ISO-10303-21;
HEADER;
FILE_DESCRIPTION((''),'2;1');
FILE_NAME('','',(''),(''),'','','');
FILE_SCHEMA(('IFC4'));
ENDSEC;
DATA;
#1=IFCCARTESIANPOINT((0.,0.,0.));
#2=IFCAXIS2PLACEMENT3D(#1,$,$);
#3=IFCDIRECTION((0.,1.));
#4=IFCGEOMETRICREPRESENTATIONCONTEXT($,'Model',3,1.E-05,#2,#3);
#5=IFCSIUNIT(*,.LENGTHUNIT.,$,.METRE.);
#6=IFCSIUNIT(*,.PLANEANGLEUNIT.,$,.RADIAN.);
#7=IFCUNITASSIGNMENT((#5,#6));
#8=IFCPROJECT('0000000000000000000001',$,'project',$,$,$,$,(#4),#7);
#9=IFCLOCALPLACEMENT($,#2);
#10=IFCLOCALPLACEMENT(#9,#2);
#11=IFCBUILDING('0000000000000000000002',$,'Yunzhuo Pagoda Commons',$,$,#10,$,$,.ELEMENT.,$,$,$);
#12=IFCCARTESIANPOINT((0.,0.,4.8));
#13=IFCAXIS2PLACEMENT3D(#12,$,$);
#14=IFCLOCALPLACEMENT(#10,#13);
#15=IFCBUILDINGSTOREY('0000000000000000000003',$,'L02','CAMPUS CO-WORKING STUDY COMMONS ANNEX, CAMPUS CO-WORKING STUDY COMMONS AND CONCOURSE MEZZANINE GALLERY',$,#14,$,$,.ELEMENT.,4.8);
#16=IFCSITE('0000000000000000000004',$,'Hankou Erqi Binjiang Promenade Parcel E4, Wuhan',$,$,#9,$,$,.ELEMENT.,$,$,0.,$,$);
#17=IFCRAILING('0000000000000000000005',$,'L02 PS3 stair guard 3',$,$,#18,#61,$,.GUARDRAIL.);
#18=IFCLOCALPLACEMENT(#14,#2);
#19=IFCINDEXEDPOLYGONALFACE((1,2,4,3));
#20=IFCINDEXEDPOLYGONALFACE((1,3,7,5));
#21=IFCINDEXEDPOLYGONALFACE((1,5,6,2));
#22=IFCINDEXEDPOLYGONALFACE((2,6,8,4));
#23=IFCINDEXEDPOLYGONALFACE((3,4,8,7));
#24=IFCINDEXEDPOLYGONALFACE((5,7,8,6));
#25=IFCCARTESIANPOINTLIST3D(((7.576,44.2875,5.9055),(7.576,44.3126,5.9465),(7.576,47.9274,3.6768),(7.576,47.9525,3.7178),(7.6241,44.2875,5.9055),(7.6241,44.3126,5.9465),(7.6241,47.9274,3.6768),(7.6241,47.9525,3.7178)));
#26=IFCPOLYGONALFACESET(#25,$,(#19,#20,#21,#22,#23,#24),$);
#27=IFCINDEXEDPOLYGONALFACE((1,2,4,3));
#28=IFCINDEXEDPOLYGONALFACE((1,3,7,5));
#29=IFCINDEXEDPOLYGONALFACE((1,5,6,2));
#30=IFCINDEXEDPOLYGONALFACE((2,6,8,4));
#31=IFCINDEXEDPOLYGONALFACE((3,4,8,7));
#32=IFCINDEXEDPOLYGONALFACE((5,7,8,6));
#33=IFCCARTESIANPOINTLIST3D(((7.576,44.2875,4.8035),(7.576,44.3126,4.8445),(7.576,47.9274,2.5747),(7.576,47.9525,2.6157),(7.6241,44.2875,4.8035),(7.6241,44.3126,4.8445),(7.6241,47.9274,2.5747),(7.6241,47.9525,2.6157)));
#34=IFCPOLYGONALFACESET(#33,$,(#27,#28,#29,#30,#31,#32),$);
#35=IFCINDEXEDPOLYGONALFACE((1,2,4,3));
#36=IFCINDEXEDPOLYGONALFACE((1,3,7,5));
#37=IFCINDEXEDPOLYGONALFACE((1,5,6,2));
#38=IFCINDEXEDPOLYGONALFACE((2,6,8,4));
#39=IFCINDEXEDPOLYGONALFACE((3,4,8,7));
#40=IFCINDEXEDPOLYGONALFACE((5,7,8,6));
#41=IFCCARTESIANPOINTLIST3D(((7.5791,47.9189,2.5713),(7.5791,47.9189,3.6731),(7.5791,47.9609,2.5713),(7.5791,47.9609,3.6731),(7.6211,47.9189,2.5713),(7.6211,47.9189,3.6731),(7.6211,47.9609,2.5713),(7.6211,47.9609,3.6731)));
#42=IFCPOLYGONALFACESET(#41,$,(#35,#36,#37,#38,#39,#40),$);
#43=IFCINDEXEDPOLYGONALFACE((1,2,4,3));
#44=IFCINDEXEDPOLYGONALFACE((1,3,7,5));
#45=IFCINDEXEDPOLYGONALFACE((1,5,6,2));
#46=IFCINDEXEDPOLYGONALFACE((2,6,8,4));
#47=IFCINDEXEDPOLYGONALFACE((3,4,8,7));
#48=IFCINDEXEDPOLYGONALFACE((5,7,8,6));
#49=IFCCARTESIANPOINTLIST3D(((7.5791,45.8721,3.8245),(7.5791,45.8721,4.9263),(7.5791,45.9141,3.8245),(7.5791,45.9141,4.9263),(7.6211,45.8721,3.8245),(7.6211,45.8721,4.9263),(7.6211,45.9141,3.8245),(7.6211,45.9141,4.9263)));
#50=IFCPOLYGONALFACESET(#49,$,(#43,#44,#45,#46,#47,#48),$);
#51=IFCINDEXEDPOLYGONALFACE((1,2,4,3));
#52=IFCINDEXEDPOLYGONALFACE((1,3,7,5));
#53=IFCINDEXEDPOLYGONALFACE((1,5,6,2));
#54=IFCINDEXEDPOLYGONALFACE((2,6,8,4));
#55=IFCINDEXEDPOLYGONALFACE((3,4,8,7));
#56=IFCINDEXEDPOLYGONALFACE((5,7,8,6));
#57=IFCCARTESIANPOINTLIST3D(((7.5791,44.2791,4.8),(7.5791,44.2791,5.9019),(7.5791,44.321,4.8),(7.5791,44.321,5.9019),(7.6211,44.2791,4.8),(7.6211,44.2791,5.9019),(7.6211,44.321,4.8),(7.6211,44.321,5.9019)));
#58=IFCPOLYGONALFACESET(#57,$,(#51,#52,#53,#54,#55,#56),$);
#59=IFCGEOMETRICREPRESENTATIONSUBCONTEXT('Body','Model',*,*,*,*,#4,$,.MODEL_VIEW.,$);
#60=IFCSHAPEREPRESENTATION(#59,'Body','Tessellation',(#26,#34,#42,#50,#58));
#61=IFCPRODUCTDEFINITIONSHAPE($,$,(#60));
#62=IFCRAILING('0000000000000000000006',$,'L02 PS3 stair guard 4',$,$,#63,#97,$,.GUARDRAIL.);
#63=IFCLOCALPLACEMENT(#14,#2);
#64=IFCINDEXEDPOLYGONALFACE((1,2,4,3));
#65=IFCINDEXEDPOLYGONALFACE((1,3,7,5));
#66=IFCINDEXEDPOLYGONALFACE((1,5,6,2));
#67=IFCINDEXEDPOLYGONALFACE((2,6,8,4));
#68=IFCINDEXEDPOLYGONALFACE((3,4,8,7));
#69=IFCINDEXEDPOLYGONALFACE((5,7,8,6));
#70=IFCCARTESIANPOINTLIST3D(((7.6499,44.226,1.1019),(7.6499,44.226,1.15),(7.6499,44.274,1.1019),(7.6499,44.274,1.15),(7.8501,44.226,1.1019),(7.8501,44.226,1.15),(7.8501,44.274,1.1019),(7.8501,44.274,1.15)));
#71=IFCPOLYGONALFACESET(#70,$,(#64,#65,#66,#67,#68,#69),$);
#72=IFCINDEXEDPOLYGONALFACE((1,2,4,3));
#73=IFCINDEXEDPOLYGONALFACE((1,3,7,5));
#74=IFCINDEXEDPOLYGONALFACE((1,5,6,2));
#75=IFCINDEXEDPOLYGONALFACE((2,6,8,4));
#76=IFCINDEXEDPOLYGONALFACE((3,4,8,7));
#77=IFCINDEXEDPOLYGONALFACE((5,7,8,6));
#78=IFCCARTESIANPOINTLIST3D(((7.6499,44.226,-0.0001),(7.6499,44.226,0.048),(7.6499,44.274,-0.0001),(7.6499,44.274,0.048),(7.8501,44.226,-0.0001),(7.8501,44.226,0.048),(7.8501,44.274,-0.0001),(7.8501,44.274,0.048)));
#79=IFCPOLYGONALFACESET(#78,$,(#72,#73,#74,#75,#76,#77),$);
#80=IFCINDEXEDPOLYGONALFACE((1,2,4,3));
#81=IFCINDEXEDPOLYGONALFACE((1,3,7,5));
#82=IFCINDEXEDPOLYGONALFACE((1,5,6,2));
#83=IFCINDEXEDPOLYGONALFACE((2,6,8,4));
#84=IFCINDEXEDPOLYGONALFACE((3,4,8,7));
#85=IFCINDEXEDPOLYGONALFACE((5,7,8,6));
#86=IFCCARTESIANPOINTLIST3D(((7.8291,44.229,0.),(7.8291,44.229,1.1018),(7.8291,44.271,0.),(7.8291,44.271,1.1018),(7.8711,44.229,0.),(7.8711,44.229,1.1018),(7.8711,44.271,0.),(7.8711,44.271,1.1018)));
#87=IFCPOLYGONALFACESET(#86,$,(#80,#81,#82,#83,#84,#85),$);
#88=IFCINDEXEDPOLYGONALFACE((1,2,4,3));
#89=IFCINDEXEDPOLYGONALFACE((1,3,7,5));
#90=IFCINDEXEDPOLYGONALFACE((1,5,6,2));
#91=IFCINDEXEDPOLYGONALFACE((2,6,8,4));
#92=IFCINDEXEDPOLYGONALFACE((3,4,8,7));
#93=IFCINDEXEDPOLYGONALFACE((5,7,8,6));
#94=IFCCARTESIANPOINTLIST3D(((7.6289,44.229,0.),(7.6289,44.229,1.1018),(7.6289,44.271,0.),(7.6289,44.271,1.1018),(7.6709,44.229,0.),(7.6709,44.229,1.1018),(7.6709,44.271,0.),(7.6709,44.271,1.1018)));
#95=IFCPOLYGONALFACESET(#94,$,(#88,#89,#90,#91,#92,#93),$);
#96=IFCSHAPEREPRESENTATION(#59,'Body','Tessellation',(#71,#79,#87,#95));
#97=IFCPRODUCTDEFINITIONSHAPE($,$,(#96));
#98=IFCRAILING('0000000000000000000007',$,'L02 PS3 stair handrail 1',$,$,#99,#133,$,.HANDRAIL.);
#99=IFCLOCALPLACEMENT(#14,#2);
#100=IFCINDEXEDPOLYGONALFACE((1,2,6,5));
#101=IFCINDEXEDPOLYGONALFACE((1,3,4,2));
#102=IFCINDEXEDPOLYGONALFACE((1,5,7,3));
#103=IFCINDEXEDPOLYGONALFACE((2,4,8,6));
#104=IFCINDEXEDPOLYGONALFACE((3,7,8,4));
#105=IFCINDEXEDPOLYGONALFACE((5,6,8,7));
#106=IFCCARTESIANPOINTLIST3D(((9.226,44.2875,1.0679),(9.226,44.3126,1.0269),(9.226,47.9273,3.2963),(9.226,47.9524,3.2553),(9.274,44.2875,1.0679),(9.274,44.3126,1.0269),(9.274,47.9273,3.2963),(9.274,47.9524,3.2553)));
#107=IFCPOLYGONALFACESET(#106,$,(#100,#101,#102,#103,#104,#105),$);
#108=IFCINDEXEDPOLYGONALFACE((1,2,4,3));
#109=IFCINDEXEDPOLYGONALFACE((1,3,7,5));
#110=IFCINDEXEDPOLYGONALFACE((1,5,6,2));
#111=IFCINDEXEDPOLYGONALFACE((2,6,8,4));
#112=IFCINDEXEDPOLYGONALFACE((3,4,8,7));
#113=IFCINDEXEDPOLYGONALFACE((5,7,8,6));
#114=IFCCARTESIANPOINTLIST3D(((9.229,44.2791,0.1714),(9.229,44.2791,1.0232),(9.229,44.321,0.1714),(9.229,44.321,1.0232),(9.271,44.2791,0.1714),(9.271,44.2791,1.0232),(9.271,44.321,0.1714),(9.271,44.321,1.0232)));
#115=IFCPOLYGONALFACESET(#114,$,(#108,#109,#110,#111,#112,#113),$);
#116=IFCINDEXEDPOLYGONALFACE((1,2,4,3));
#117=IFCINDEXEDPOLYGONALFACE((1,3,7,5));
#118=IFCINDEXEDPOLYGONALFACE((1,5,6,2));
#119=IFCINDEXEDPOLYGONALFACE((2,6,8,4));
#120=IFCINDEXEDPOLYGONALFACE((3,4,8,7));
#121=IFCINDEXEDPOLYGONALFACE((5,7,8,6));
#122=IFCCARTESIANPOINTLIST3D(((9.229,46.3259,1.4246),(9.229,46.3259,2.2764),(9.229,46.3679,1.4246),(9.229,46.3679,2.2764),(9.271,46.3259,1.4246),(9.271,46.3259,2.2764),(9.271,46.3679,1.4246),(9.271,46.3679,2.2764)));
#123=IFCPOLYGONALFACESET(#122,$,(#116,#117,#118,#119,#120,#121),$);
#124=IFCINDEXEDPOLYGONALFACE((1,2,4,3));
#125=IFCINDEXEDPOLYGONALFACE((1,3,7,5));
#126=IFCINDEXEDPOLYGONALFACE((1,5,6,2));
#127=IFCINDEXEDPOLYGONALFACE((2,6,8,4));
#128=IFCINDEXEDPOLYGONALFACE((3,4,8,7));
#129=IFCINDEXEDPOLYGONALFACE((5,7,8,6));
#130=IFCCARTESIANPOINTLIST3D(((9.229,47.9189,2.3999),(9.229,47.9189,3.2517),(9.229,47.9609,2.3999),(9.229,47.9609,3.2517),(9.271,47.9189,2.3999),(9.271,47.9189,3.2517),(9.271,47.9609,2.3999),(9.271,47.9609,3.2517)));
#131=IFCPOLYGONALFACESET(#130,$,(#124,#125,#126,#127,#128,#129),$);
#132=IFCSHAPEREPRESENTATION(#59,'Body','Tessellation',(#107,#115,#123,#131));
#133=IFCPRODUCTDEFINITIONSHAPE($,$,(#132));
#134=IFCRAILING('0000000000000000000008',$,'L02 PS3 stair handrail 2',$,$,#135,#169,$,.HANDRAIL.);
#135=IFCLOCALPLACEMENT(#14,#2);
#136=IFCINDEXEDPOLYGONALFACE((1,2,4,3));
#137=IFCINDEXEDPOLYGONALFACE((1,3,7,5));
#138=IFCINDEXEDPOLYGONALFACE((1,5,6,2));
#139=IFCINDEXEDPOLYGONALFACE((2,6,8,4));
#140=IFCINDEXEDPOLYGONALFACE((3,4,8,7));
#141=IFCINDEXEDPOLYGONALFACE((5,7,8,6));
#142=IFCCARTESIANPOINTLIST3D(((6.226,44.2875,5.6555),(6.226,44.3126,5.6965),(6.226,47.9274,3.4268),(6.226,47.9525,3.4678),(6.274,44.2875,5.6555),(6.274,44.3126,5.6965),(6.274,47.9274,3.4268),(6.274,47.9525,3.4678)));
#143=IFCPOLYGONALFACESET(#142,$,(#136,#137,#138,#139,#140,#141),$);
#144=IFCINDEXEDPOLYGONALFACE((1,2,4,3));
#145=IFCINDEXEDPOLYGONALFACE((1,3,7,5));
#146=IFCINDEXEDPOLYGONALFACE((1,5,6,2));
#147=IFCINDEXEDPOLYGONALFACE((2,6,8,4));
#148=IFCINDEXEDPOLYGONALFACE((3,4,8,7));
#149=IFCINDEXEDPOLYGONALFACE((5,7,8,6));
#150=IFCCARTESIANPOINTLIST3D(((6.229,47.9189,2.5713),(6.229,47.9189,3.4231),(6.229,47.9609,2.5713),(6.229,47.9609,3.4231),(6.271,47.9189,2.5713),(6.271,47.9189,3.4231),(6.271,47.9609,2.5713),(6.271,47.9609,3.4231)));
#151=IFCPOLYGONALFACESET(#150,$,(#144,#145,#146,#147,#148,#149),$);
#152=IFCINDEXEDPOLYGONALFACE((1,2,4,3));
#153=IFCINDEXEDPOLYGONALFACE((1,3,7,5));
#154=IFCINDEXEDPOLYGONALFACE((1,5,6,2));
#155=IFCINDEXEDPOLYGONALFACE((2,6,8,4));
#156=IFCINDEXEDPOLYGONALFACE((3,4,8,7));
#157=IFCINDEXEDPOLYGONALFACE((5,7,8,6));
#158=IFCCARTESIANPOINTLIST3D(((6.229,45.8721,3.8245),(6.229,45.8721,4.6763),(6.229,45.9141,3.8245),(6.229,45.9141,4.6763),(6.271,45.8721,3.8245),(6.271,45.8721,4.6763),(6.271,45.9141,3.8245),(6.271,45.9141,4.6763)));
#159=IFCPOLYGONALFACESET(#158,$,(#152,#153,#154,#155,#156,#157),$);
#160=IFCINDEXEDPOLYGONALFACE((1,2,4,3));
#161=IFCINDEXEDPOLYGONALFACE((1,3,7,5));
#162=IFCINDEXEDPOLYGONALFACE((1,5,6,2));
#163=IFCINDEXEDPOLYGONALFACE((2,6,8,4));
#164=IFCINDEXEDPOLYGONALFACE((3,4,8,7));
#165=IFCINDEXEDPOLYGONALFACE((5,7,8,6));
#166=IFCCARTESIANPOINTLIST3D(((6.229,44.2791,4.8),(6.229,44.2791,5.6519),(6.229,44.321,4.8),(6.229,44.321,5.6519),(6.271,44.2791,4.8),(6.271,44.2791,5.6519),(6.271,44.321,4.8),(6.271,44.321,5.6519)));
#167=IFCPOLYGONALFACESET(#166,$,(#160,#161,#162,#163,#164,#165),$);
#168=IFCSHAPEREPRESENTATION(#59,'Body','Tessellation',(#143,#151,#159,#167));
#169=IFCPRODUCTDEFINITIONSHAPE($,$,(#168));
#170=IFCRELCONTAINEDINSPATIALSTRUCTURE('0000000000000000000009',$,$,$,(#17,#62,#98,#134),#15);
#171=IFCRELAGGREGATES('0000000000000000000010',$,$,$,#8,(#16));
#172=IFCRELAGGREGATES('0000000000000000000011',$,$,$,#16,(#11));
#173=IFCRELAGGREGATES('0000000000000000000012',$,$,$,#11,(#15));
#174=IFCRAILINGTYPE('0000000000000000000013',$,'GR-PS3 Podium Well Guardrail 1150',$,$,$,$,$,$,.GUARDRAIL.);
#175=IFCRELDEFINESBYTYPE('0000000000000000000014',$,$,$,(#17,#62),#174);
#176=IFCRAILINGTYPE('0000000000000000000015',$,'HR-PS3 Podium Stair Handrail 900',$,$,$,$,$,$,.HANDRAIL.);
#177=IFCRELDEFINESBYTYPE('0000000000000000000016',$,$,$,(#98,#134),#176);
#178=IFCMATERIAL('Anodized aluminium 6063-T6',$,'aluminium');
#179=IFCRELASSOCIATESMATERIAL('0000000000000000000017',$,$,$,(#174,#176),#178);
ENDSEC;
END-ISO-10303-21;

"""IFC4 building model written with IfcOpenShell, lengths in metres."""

from ifc_helpers import new_model, si_unit, direction, frame, origin, origin_2d, place, context, subcontext, project, spatial, rectangle, extrude, material, type_object, element, save


model = new_model("IFC4")

# Units and contexts
model_context = context("Model", 3, precision=1e-05, world=origin(), true_north=direction((0.0, 1.0)))
body_context = subcontext(model_context, "Body", "Model", "MODEL_VIEW")
ifc_project = project(units=[si_unit("LENGTHUNIT", "METRE"), si_unit("PLANEANGLEUNIT", "RADIAN")], contexts=[model_context])

# Site, building, storey
site_placement = place(None, origin())
site = spatial("IfcSite", under=ifc_project, at=site_placement, Name="Hankou Erqi Binjiang Promenade Parcel E4, Wuhan", CompositionType="ELEMENT", RefElevation=0.0)
building_placement = place(site_placement, origin())
building = spatial("IfcBuilding", under=site, at=building_placement, Name="Yunzhuo Pagoda Commons", CompositionType="ELEMENT")
storey_placement = place(building_placement, frame((0.0, 0.0, 4.8)))
storey = spatial("IfcBuildingStorey", under=building, at=storey_placement, Name="L02", Description="CAMPUS CO-WORKING STUDY COMMONS ANNEX, CAMPUS CO-WORKING STUDY COMMONS AND CONCOURSE MEZZANINE GALLERY", CompositionType="ELEMENT", Elevation=4.8)

# Railings
ifc_material_1 = material(Name="Anodized aluminium 6063-T6", Category="aluminium")
railing_type_1 = type_object("IfcRailingType", Name="GR-PS3 Podium Well Guardrail 1150", PredefinedType="GUARDRAIL", material=ifc_material_1)
railing_1_placement = place(storey_placement, frame((7.6001, 47.9399, 2.5713)))
element("IfcRailing", 1, at=railing_1_placement, inside=storey, type_object=railing_type_1, Name="L02 PS3 stair guard 3", PredefinedType="GUARDRAIL", context=body_context, shape_type="SweptSolid", body=[
    extrude(rectangle(XDim=0.0481, YDim=0.0481, at=origin_2d()), frame((0.0, 0.0, 1.126), z_axis=(0.0, -0.852825, 0.522197), x_axis=(1.0, 0.0, 0.0)), (0.0, 0.0, 1.0), 4.2681),
    extrude(rectangle(XDim=0.0481, YDim=0.0481, at=origin_2d()), frame((0.0, 0.0, 0.0239), z_axis=(0.0, -0.852825, 0.522197), x_axis=(1.0, 0.0, 0.0)), (0.0, 0.0, 1.0), 4.2681),
    extrude(rectangle(XDim=0.042, YDim=0.042, at=origin_2d()), origin(), (0.0, 0.0, 1.0), 1.1018),
    extrude(rectangle(XDim=0.042, YDim=0.042, at=origin_2d()), frame((0.0, -2.0469, 1.2532)), (0.0, 0.0, 1.0), 1.1018),
    extrude(rectangle(XDim=0.042, YDim=0.042, at=origin_2d()), frame((0.0, -3.6399, 2.2288)), (0.0, 0.0, 1.0), 1.1018),
])
railing_2_placement = place(storey_placement, frame((7.8501, 44.25, 0.0)))
element("IfcRailing", 2, at=railing_2_placement, inside=storey, type_object=railing_type_1, Name="L02 PS3 stair guard 4", PredefinedType="GUARDRAIL", context=body_context, shape_type="SweptSolid", body=[
    extrude(rectangle(XDim=0.0481, YDim=0.0481, at=origin_2d()), frame((0.0, 0.0, 1.126), z_axis=(-1.0, 0.0, 0.0), x_axis=(0.0, -1.0, 0.0)), (0.0, 0.0, 1.0), 0.2002),
    extrude(rectangle(XDim=0.0481, YDim=0.0481, at=origin_2d()), frame((0.0, 0.0, 0.0239), z_axis=(-1.0, 0.0, 0.0), x_axis=(0.0, -1.0, 0.0)), (0.0, 0.0, 1.0), 0.2002),
    extrude(rectangle(XDim=0.042, YDim=0.042, at=origin_2d()), origin(), (0.0, 0.0, 1.0), 1.1018),
    extrude(rectangle(XDim=0.042, YDim=0.042, at=origin_2d()), frame((-0.2002, 0.0, 0.0)), (0.0, 0.0, 1.0), 1.1018),
])
railing_type_2 = type_object("IfcRailingType", Name="HR-PS3 Podium Stair Handrail 900", PredefinedType="HANDRAIL", material=ifc_material_1)
railing_3_placement = place(storey_placement, frame((9.25, 44.3, 0.1714)))
element("IfcRailing", 3, at=railing_3_placement, inside=storey, type_object=railing_type_2, Name="L02 PS3 stair handrail 1", PredefinedType="HANDRAIL", context=body_context, shape_type="SweptSolid", body=[
    extrude(rectangle(XDim=0.0481, YDim=0.0481, at=origin_2d()), frame((0.0, 0.0, 0.876), z_axis=(0.0, 0.85285, 0.522156), x_axis=(-1.0, 0.0, 0.0)), (0.0, 0.0, 1.0), 4.2678),
    extrude(rectangle(XDim=0.042, YDim=0.042, at=origin_2d()), origin(), (0.0, 0.0, 1.0), 0.8518),
    extrude(rectangle(XDim=0.042, YDim=0.042, at=origin_2d()), frame((0.0, 2.0469, 1.2532)), (0.0, 0.0, 1.0), 0.8518),
    extrude(rectangle(XDim=0.042, YDim=0.042, at=origin_2d()), frame((0.0, 3.6399, 2.2285)), (0.0, 0.0, 1.0), 0.8518),
])
railing_4_placement = place(storey_placement, frame((6.25, 47.9399, 2.5713)))
element("IfcRailing", 4, at=railing_4_placement, inside=storey, type_object=railing_type_2, Name="L02 PS3 stair handrail 2", PredefinedType="HANDRAIL", context=body_context, shape_type="SweptSolid", body=[
    extrude(rectangle(XDim=0.0481, YDim=0.0481, at=origin_2d()), frame((0.0, 0.0, 0.876), z_axis=(0.0, -0.852825, 0.522197), x_axis=(1.0, 0.0, 0.0)), (0.0, 0.0, 1.0), 4.2681),
    extrude(rectangle(XDim=0.042, YDim=0.042, at=origin_2d()), origin(), (0.0, 0.0, 1.0), 0.8518),
    extrude(rectangle(XDim=0.042, YDim=0.042, at=origin_2d()), frame((0.0, -2.0469, 1.2532)), (0.0, 0.0, 1.0), 0.8518),
    extrude(rectangle(XDim=0.042, YDim=0.042, at=origin_2d()), frame((0.0, -3.6399, 2.2288)), (0.0, 0.0, 1.0), 0.8518),
])

save(model, "model.ifc")
